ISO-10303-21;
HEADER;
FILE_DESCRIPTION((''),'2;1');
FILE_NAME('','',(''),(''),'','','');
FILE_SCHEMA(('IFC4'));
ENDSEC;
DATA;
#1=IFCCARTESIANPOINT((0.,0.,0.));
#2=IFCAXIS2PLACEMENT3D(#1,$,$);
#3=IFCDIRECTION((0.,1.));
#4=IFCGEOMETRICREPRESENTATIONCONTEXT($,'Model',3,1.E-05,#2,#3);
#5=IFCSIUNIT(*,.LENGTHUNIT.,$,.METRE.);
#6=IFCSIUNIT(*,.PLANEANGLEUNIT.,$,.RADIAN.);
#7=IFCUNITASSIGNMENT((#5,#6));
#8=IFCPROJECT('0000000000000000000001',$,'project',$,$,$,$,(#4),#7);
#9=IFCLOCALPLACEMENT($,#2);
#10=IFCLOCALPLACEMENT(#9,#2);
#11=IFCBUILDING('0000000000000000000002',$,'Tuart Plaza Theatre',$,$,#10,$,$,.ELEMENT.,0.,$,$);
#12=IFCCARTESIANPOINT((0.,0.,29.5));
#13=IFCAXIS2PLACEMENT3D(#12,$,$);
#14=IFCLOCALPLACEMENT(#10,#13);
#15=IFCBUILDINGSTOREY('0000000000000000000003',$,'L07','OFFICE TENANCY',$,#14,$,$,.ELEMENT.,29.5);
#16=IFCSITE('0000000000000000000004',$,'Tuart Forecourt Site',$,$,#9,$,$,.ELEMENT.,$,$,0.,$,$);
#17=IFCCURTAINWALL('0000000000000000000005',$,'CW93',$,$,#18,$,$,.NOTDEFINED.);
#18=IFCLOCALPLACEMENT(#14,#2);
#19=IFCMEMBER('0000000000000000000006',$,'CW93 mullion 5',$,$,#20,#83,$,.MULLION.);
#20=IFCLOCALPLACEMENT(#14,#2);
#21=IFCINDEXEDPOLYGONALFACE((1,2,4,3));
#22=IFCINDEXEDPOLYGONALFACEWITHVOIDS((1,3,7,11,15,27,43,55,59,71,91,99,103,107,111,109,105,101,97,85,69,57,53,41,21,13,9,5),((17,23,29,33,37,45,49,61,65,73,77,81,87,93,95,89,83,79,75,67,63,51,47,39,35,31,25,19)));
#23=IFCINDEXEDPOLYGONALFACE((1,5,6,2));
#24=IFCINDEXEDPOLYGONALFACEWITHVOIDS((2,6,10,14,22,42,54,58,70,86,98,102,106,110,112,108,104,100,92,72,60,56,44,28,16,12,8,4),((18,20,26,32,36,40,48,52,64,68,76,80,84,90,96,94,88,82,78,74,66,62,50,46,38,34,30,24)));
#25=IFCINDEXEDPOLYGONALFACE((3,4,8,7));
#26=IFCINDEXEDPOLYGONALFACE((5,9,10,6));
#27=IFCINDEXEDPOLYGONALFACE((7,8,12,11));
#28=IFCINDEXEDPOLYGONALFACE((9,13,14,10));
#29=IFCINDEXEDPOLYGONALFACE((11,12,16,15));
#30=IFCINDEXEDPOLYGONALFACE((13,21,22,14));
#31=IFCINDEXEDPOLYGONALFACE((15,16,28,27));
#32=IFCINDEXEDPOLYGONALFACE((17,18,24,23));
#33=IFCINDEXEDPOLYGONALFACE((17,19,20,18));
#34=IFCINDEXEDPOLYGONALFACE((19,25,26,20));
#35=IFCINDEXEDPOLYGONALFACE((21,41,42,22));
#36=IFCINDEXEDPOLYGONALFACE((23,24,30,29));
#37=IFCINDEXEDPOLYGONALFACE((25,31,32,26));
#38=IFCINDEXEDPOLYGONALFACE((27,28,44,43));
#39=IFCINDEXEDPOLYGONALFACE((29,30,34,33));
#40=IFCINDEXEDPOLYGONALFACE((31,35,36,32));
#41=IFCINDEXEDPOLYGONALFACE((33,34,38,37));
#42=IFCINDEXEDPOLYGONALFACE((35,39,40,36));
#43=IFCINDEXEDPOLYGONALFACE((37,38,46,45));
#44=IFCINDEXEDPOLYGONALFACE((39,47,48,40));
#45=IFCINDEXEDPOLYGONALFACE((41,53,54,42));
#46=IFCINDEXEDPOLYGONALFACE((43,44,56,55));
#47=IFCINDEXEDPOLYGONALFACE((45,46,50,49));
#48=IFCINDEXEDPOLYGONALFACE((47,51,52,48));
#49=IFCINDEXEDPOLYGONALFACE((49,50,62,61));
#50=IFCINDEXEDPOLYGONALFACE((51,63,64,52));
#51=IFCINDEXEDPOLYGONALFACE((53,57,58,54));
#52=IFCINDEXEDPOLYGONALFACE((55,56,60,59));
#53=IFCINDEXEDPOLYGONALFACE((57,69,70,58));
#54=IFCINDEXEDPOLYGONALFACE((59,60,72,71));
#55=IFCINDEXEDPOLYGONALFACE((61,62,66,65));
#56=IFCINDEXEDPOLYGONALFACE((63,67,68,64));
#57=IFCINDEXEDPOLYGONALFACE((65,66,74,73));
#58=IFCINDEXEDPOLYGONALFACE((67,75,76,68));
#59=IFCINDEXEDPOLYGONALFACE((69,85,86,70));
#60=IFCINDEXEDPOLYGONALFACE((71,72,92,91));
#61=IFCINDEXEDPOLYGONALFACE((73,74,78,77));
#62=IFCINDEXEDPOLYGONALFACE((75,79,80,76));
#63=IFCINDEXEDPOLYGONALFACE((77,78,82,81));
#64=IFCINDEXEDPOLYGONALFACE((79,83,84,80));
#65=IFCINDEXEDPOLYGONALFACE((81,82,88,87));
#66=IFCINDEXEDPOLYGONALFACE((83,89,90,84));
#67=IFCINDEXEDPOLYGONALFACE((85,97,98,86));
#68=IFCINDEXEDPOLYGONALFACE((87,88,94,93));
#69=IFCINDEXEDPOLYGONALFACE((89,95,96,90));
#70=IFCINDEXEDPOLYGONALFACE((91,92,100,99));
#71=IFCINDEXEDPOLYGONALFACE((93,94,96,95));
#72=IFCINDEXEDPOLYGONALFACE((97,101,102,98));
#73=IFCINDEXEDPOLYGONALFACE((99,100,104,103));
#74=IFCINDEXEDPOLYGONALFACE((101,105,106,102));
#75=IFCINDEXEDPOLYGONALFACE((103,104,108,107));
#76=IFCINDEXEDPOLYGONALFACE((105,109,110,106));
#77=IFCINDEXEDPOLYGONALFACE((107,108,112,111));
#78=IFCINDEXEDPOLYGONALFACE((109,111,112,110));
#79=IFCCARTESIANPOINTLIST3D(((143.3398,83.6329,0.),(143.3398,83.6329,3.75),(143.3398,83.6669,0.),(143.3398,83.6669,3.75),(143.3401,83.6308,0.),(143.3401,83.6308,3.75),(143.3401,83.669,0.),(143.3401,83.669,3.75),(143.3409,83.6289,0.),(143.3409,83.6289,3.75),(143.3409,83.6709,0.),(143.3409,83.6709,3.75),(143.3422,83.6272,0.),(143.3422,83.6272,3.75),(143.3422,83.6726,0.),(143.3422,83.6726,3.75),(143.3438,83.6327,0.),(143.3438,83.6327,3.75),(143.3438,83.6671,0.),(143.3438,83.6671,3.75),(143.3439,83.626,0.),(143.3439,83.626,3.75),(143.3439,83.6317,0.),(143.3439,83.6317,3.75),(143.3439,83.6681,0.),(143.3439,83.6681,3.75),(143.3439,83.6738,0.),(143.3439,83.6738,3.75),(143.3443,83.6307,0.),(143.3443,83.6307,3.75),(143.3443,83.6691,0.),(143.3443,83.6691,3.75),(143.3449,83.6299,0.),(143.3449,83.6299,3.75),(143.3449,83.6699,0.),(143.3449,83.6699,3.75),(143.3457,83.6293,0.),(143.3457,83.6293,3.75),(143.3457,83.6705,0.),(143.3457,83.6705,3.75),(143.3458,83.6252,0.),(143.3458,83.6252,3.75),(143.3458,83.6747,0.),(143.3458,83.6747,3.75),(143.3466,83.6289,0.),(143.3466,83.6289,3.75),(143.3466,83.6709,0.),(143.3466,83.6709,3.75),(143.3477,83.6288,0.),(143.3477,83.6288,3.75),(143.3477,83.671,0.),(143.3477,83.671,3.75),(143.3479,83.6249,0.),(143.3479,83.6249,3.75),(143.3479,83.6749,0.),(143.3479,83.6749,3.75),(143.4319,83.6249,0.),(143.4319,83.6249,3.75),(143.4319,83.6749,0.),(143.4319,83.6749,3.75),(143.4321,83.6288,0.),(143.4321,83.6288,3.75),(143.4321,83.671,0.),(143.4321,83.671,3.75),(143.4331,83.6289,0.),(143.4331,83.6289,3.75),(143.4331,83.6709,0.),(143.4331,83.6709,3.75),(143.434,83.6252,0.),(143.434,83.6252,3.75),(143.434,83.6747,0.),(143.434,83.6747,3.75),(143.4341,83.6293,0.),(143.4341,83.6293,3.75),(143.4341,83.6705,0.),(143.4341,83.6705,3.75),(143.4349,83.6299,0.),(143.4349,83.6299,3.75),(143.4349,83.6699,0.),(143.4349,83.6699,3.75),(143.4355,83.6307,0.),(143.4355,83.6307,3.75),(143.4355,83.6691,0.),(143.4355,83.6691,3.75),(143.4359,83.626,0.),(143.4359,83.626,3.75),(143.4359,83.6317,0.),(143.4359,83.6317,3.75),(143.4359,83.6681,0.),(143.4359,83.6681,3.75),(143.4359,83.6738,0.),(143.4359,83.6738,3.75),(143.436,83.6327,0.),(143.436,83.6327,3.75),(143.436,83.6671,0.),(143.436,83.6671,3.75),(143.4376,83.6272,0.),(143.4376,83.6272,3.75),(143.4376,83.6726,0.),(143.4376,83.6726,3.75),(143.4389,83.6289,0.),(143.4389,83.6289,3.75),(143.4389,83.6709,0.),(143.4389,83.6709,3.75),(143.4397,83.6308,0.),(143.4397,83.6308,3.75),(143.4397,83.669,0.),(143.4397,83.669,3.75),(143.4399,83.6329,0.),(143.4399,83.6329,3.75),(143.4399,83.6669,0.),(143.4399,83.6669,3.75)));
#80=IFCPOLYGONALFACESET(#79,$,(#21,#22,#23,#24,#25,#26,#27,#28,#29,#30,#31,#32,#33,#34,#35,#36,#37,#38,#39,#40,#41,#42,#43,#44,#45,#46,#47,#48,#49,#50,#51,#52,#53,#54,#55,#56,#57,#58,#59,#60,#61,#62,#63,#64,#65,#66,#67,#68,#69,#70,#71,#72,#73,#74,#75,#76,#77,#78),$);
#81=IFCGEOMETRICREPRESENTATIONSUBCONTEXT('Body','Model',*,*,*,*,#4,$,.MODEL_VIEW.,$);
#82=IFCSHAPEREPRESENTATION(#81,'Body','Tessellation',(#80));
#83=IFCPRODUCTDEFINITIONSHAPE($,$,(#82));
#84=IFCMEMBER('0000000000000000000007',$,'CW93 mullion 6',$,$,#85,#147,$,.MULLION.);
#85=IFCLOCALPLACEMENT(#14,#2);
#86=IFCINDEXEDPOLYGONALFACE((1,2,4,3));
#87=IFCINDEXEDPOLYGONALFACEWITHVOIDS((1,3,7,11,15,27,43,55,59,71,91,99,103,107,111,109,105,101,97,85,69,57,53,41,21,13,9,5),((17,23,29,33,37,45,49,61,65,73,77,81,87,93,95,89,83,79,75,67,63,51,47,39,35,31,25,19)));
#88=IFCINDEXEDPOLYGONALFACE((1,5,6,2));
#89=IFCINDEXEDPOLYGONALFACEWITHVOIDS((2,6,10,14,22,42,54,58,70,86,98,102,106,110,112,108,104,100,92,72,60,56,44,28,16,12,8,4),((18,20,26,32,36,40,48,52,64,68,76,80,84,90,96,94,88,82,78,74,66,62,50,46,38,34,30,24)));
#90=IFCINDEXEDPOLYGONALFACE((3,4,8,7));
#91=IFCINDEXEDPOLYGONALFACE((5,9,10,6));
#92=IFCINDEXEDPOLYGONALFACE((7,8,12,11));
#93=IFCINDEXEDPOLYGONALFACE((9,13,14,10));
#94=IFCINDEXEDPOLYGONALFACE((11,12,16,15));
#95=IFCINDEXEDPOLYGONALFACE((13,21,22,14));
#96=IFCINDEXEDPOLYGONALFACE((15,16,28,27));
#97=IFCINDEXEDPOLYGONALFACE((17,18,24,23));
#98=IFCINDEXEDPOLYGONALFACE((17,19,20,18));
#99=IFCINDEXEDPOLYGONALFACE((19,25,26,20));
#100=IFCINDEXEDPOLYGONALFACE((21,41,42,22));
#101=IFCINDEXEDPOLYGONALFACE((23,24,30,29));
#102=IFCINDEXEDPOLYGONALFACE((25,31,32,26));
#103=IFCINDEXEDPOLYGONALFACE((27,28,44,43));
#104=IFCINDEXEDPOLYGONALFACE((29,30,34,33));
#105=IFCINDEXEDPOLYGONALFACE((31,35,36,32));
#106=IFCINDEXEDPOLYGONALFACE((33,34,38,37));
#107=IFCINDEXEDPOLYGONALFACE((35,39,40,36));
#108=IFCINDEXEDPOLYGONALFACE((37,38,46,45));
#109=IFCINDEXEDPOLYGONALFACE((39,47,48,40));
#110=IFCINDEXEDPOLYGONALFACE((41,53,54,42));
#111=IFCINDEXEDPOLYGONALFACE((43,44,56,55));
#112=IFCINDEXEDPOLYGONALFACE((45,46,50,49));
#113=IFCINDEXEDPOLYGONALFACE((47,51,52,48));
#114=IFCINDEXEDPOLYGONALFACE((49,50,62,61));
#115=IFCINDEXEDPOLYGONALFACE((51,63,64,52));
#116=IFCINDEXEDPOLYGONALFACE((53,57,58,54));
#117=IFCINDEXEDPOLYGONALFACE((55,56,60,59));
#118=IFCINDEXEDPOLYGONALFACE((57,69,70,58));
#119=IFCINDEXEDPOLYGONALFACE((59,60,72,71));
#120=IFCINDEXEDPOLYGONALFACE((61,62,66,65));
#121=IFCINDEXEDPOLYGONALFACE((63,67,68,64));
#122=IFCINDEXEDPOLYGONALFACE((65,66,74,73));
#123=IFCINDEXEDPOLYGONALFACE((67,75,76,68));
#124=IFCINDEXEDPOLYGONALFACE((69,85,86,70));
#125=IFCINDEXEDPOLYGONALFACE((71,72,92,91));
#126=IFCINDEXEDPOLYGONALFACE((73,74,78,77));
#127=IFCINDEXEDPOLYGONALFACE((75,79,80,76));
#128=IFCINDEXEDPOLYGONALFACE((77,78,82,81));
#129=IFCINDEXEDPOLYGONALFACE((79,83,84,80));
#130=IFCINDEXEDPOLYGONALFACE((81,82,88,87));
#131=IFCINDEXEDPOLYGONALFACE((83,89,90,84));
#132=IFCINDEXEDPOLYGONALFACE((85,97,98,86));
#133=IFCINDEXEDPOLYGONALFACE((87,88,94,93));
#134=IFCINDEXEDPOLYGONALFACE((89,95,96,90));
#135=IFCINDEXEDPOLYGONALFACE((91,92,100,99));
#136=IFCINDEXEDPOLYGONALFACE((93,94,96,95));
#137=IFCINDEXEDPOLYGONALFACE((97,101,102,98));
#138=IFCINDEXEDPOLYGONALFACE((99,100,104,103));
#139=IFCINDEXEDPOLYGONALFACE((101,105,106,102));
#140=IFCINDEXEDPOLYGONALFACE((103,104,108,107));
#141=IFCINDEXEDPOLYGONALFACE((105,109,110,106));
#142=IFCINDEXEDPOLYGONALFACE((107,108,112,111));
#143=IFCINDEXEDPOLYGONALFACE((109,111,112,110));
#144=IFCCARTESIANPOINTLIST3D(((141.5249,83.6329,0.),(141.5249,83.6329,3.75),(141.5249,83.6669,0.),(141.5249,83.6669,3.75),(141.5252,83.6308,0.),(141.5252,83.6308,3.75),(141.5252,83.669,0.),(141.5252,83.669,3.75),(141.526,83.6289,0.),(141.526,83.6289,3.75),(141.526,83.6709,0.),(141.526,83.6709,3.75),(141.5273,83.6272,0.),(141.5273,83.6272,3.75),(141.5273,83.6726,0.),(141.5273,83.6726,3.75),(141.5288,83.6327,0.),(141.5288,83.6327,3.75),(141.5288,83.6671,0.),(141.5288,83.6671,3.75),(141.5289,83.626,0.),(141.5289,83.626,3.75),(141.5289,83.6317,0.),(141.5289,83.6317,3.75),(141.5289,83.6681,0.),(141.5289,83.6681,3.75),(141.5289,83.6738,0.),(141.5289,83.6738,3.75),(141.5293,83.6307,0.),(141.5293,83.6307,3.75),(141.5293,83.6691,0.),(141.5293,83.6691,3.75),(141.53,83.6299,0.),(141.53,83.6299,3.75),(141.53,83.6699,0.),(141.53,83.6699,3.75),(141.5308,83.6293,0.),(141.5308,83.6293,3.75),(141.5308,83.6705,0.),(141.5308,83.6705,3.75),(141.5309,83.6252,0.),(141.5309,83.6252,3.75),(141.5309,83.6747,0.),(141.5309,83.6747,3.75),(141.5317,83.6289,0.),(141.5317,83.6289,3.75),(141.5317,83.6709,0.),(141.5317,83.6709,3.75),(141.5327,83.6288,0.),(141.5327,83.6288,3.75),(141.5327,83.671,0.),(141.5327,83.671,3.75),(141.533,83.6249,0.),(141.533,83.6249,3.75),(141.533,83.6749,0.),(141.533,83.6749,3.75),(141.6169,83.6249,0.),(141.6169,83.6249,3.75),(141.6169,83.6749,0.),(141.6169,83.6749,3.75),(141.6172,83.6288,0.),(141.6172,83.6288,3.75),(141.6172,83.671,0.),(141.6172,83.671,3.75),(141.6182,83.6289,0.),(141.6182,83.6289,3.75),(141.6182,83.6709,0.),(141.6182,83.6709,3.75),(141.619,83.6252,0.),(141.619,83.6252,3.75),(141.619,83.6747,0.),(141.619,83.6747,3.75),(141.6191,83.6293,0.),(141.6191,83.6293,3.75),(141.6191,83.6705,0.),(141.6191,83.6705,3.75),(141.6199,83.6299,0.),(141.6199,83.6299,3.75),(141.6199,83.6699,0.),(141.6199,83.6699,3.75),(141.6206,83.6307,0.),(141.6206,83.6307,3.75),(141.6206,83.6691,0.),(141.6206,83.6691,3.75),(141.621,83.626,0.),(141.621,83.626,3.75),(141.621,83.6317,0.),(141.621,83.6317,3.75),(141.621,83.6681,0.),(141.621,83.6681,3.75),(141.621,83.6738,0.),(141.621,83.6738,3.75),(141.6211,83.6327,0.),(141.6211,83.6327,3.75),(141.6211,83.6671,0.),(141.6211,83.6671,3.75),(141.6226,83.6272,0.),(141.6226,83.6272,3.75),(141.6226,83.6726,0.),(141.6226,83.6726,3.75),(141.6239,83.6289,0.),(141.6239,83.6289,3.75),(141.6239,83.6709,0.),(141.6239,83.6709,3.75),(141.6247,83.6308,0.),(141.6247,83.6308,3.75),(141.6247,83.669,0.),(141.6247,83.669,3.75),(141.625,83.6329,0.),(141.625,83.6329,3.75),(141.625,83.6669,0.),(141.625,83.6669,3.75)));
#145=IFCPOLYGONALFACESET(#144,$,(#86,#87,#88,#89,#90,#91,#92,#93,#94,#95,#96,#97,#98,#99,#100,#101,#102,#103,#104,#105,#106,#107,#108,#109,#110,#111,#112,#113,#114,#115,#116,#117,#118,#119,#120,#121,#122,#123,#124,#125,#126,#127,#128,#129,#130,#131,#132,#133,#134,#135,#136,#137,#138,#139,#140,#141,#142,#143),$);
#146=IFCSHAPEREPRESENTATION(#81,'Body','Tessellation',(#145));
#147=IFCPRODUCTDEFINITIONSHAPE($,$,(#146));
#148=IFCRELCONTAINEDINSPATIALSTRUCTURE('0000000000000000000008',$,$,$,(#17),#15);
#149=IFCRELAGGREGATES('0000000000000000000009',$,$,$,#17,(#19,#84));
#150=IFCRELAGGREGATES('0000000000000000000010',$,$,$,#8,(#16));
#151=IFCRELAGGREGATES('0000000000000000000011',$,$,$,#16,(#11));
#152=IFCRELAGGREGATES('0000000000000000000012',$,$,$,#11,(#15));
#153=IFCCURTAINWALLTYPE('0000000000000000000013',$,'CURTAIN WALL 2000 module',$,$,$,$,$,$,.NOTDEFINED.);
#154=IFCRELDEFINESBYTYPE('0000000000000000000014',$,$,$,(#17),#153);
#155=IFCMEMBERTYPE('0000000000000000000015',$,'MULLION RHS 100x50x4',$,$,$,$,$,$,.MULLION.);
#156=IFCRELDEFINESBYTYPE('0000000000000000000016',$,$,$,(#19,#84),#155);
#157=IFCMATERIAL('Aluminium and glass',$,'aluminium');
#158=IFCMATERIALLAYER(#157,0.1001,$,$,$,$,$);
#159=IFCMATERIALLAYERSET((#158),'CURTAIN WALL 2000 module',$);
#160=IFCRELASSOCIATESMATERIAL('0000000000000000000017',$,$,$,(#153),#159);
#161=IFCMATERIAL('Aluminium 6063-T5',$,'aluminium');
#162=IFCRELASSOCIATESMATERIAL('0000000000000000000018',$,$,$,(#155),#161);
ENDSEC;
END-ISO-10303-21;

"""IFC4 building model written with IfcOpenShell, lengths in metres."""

from ifc_helpers import new_model, si_unit, direction, frame, origin, origin_2d, place, context, subcontext, project, spatial, hollow_rectangle, extrude, material, layer, layer_set, material_profile, profile_set, type_object, element, aggregate, save


model = new_model("IFC4")

# Units and contexts
model_context = context("Model", 3, precision=1e-05, world=origin(), true_north=direction((0.0, 1.0)))
body_context = subcontext(model_context, "Body", "Model", "MODEL_VIEW")
ifc_project = project(units=[si_unit("LENGTHUNIT", "METRE"), si_unit("PLANEANGLEUNIT", "RADIAN")], contexts=[model_context])

# Site, building, storey
site_placement = place(None, origin())
site = spatial("IfcSite", under=ifc_project, at=site_placement, Name="Tuart Forecourt Site", CompositionType="ELEMENT", RefElevation=0.0)
building_placement = place(site_placement, origin())
building = spatial("IfcBuilding", under=site, at=building_placement, Name="Tuart Plaza Theatre", CompositionType="ELEMENT", ElevationOfRefHeight=0.0)
storey_placement = place(building_placement, frame((0.0, 0.0, 29.5)))
storey = spatial("IfcBuildingStorey", under=building, at=storey_placement, Name="L07", Description="OFFICE TENANCY", CompositionType="ELEMENT", Elevation=29.5)

# Shared definitions
ifc_material_1 = material(Name="Aluminium and glass", Category="aluminium")
ifc_layer_1 = layer(ifc_material_1, 0.1001)
ifc_layer_set_1 = layer_set([ifc_layer_1], Name="CURTAIN WALL 2000 module")
curtain_wall_type = type_object("IfcCurtainWallType", Name="CURTAIN WALL 2000 module", PredefinedType="NOTDEFINED", material=ifc_layer_set_1)
ifc_material_2 = material(Name="Aluminium 6063-T5", Category="aluminium")
ifc_material_profile_1 = material_profile(ifc_material_2, hollow_rectangle(XDim=0.05, YDim=0.1001, WallThickness=0.0039, InnerFilletRadius=0.0039, OuterFilletRadius=0.0081, at=origin_2d()), Name="RHS 100x50x4")
ifc_profile_set_1 = profile_set([ifc_material_profile_1], Name="Aluminium 6063-T5")
member_type_1 = type_object("IfcMemberType", Name="MULLION RHS 100x50x4", PredefinedType="MULLION", material=ifc_profile_set_1)

# Curtain wall, members
curtain_wall_1_placement = place(storey_placement, origin())
curtain_wall_1 = element("IfcCurtainWall", 1, at=curtain_wall_1_placement, inside=storey, type_object=curtain_wall_type, Name="CW93", PredefinedType="NOTDEFINED")
member_1_placement = place(storey_placement, frame((143.3899, 83.6499, 0.0), z_axis=(0.0, 0.0, 1.0), x_axis=(0.0, -1.0, 0.0)))
member_1 = element("IfcMember", 2, at=member_1_placement, type_object=member_type_1, Name="CW93 mullion 5", PredefinedType="MULLION", context=body_context, shape_type="SweptSolid", body=[
    extrude(hollow_rectangle(XDim=0.05, YDim=0.1001, WallThickness=0.0039, InnerFilletRadius=0.0039, OuterFilletRadius=0.0081, at=origin_2d()), origin(), (0.0, 0.0, 1.0), 3.75),
])
member_2_placement = place(storey_placement, frame((141.575, 83.6499, 0.0), z_axis=(0.0, 0.0, 1.0), x_axis=(0.0, -1.0, 0.0)))
member_2 = element("IfcMember", 3, at=member_2_placement, type_object=member_type_1, Name="CW93 mullion 6", PredefinedType="MULLION", context=body_context, shape_type="SweptSolid", body=[
    extrude(hollow_rectangle(XDim=0.05, YDim=0.1001, WallThickness=0.0039, InnerFilletRadius=0.0039, OuterFilletRadius=0.0081, at=origin_2d()), origin(), (0.0, 0.0, 1.0), 3.75),
])

aggregate(curtain_wall_1, [member_1, member_2])

save(model, "model.ifc")
